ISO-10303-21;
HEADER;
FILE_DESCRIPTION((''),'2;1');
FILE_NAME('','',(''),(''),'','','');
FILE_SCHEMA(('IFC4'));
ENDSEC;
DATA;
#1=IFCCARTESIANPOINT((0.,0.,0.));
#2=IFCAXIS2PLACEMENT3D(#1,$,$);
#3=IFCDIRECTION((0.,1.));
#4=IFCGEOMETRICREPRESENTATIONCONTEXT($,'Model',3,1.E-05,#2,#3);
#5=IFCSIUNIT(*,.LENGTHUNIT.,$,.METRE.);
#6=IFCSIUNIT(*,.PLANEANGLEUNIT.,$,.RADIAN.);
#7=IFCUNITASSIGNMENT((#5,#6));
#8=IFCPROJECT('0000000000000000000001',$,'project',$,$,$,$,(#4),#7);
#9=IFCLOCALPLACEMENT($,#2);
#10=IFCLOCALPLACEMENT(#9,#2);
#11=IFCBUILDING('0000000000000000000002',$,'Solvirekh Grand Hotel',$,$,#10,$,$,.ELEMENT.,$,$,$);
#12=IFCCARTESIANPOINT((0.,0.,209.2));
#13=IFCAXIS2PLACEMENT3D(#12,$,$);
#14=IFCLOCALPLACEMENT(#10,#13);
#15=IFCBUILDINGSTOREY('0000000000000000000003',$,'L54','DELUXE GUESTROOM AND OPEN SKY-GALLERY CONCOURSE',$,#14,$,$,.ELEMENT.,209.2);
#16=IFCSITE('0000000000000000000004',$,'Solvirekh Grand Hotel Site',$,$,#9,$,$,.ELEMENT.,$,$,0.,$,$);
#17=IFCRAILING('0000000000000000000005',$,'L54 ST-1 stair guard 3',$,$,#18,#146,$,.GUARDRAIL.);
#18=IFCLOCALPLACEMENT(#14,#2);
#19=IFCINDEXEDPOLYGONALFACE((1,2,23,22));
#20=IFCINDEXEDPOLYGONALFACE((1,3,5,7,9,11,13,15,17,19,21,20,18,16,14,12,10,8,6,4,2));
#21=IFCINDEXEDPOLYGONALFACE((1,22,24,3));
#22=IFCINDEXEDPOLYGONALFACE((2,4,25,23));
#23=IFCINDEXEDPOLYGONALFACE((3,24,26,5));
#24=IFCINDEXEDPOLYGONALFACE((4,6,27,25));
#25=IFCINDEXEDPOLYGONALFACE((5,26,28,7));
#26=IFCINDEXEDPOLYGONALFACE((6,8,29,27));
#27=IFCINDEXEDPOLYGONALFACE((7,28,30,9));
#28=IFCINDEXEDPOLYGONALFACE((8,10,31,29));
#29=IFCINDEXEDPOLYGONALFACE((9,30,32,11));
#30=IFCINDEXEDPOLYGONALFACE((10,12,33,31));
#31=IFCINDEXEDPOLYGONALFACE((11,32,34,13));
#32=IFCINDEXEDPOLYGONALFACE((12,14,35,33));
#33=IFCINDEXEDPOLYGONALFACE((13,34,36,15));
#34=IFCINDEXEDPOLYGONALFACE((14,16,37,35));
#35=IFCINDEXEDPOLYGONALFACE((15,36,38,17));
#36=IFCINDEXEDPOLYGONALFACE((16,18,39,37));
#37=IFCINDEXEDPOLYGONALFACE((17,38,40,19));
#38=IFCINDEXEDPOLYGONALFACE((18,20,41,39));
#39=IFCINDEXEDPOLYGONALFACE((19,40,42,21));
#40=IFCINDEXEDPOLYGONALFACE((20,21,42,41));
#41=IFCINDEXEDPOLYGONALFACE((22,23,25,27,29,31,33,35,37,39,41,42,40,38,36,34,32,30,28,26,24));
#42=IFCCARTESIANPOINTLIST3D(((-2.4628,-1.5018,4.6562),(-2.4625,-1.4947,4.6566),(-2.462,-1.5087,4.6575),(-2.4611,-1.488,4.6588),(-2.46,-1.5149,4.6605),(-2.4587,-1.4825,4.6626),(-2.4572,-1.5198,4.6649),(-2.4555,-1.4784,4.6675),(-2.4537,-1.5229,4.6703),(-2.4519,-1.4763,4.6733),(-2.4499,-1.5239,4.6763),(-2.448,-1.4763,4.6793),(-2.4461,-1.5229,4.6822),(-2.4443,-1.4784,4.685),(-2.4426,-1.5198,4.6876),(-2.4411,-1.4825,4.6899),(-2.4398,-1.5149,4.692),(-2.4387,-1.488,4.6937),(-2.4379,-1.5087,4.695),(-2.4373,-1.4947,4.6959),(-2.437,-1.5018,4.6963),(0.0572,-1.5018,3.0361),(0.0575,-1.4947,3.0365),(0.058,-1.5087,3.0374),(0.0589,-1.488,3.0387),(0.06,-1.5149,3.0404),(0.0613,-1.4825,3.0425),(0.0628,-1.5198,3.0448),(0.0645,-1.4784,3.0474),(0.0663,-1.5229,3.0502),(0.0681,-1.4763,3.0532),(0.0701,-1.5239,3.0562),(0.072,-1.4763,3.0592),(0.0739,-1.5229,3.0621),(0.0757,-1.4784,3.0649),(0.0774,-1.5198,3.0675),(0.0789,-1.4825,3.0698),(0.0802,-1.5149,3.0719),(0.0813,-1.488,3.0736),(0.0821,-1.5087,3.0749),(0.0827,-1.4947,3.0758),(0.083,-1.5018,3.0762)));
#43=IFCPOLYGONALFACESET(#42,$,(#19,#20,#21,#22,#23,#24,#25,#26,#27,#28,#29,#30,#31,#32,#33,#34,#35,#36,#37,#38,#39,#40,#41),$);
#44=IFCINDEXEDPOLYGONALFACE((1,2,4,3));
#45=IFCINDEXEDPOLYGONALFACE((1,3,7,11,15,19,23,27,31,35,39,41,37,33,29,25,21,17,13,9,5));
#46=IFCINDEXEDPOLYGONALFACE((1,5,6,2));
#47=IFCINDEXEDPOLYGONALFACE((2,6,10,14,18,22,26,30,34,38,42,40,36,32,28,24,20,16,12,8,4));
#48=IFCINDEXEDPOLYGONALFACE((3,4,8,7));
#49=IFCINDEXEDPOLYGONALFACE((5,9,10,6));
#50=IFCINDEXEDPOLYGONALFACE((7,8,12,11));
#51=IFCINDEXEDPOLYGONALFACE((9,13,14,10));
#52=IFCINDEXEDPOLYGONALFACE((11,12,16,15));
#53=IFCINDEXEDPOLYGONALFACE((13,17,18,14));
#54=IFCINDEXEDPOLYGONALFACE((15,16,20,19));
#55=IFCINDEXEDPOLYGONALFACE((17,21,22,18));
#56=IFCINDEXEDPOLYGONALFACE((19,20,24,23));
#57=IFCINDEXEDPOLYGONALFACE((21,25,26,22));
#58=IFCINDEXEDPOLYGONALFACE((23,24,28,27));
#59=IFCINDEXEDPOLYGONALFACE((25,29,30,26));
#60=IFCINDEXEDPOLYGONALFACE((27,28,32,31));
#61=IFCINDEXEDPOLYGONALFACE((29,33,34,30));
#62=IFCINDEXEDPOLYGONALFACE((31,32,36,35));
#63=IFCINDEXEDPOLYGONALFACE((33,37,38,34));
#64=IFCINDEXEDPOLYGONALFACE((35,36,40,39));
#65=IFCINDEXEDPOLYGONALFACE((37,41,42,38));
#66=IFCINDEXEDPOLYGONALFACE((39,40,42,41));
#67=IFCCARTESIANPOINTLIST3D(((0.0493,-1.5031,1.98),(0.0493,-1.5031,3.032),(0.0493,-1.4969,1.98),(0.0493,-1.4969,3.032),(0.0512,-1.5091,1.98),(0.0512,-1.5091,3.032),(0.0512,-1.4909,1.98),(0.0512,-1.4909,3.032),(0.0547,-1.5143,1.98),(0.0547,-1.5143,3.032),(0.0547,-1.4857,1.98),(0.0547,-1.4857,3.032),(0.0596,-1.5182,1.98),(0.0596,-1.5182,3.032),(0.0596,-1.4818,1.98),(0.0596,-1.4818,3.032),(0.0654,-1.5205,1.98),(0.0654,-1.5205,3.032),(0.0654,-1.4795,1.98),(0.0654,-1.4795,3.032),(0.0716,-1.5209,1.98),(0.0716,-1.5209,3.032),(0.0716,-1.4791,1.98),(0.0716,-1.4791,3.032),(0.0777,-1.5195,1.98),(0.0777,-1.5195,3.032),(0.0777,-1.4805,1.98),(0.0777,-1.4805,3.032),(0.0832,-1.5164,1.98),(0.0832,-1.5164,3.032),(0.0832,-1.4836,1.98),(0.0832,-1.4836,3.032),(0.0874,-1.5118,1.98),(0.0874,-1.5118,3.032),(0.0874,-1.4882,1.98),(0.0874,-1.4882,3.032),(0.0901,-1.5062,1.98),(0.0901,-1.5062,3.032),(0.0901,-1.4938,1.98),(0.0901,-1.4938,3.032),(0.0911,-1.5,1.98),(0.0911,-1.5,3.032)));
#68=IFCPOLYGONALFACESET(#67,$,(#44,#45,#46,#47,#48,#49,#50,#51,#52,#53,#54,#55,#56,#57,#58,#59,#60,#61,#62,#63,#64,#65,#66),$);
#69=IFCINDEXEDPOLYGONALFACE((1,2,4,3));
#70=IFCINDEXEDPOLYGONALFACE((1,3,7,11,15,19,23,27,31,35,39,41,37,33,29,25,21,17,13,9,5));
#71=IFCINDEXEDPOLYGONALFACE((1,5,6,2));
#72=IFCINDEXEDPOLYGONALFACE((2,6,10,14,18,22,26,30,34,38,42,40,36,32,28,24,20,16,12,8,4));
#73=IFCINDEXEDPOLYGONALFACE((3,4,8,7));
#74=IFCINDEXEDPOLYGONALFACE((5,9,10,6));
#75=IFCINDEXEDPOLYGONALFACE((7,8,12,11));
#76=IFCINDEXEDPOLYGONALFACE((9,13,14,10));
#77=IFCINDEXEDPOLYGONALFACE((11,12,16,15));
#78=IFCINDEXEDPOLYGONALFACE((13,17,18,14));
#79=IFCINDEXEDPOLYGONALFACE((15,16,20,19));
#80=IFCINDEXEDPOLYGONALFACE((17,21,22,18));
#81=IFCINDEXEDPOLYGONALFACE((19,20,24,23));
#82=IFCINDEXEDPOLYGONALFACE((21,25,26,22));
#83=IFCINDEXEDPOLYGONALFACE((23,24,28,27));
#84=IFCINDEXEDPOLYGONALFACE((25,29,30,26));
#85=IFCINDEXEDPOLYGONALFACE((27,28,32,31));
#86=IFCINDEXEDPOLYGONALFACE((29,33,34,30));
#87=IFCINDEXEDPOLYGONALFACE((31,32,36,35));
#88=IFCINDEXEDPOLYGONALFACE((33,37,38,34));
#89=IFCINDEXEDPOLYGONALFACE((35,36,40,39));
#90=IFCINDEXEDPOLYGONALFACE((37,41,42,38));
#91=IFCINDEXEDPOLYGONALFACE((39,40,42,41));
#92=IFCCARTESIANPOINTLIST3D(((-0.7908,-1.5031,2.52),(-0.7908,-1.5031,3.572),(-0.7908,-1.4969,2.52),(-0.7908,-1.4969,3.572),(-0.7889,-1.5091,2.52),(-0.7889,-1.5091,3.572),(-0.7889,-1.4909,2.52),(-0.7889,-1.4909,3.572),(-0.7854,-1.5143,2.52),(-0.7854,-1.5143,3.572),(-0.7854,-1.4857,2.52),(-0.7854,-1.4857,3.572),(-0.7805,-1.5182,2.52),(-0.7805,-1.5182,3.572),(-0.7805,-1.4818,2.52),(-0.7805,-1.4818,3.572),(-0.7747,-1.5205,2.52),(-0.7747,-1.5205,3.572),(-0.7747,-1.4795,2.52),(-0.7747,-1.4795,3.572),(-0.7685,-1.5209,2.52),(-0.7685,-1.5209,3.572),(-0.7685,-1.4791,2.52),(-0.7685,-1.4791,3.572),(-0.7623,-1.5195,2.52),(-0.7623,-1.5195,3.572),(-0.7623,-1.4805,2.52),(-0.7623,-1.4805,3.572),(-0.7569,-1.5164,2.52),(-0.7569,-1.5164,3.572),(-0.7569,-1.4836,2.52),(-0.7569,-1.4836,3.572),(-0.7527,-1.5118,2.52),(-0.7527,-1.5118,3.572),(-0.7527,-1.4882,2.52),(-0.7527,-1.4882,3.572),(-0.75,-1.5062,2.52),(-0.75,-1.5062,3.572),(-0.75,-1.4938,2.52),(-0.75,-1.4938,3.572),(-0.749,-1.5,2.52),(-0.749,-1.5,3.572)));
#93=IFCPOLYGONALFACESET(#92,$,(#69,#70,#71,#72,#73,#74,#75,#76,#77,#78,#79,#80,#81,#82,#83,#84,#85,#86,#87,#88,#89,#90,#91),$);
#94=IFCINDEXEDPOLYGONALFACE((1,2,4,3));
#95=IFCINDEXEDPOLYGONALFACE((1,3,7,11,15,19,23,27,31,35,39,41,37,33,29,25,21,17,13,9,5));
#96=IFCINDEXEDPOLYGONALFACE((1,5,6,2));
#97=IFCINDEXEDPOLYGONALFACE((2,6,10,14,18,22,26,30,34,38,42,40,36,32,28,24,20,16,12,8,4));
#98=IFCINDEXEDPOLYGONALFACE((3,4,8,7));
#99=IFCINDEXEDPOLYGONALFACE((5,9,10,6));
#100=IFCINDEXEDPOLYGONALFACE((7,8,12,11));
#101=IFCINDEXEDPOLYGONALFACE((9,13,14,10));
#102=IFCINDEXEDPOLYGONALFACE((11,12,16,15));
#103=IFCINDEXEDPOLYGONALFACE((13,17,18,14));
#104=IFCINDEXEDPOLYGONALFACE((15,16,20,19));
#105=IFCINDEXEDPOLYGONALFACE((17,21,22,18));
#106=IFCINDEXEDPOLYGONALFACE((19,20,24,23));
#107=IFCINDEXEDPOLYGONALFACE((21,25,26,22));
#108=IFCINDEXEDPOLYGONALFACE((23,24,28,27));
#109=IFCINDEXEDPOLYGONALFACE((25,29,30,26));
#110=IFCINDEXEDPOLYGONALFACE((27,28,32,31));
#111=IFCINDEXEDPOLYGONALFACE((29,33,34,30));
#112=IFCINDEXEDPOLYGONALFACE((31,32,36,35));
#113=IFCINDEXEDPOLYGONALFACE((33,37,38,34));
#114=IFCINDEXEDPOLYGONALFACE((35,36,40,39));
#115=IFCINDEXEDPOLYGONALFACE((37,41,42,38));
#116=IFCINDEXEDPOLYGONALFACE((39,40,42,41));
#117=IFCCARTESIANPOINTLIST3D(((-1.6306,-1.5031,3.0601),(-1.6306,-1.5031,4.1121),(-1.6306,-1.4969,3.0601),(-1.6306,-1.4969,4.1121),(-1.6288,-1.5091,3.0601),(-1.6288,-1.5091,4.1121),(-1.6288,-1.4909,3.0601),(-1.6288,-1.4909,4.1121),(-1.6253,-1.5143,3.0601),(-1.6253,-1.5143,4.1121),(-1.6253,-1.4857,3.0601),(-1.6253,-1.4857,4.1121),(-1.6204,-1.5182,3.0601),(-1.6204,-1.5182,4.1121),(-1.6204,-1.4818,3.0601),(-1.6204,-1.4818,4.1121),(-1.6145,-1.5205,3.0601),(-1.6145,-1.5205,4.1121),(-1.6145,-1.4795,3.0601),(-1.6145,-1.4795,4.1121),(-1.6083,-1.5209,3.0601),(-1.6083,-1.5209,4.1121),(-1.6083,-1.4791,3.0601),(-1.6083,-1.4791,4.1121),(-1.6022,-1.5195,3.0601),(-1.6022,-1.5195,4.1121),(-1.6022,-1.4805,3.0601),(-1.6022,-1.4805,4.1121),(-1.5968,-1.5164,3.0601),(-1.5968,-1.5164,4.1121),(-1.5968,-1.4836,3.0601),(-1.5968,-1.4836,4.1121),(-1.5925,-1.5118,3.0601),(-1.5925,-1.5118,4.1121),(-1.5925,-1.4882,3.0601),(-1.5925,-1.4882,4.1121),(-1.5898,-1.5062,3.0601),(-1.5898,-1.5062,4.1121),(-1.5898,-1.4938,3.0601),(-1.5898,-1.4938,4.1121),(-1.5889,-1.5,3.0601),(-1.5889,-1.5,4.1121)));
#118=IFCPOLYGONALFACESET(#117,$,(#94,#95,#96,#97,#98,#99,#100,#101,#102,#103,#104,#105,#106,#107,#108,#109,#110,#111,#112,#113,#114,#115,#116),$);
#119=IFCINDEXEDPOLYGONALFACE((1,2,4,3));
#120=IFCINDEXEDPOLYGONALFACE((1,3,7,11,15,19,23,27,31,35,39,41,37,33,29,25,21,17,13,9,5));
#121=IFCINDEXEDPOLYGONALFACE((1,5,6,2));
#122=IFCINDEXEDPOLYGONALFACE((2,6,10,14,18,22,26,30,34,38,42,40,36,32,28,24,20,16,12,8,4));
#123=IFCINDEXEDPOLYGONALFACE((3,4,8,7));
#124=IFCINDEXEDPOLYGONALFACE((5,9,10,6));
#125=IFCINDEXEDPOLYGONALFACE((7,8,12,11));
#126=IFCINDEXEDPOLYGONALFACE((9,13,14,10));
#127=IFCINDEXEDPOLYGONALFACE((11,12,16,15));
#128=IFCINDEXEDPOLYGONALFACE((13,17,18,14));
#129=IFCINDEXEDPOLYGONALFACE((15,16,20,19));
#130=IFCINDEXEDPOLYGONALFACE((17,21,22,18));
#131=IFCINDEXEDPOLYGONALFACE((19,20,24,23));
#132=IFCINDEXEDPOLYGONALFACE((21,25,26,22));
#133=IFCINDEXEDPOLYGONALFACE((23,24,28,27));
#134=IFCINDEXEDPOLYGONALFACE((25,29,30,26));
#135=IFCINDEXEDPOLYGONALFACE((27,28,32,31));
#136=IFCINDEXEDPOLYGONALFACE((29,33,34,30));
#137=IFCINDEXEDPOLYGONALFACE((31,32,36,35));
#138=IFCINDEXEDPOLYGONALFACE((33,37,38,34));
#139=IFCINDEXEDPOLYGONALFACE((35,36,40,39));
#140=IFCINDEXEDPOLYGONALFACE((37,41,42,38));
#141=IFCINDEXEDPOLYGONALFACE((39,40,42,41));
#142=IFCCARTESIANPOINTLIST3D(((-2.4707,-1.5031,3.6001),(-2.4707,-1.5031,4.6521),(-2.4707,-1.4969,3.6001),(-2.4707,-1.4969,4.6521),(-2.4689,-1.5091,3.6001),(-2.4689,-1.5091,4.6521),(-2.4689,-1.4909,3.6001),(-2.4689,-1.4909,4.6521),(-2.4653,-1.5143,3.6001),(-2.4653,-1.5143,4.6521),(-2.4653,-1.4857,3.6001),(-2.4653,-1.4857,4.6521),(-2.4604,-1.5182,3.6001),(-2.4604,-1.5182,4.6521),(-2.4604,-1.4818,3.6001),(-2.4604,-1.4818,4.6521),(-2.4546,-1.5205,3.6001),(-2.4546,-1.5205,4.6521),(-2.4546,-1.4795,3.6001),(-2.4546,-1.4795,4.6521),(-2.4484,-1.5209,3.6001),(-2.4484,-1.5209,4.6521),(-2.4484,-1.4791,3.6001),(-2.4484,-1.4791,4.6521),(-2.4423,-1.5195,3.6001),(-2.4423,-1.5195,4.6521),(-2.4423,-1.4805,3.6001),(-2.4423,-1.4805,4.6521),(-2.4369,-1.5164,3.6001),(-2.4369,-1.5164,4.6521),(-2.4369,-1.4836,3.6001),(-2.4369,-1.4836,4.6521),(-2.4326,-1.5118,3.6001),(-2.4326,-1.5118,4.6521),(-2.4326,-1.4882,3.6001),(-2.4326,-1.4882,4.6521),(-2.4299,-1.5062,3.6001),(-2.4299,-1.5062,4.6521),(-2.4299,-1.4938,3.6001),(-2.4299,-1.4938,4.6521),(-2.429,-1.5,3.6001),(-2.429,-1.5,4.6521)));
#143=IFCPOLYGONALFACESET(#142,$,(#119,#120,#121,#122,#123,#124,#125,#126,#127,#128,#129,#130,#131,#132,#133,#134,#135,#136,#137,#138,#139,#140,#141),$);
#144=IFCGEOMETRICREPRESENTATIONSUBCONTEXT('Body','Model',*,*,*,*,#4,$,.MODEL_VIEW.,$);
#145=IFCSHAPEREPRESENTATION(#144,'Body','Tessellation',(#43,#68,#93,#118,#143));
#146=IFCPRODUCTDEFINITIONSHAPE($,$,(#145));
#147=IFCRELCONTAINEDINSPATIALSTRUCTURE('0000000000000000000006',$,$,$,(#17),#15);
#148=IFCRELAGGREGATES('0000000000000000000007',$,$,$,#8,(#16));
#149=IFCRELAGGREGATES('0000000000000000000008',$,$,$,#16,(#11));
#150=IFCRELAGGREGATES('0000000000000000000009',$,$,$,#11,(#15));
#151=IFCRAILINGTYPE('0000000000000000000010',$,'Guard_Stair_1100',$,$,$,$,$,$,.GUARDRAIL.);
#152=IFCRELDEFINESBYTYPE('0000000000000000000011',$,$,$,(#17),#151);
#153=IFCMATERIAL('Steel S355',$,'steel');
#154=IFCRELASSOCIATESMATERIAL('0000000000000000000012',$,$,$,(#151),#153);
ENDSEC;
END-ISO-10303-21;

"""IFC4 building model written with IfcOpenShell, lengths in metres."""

from ifc_helpers import new_model, si_unit, direction, frame, origin, origin_2d, place, context, subcontext, project, spatial, circle, extrude, material, type_object, element, save


model = new_model("IFC4")

# Units and contexts
model_context = context("Model", 3, precision=1e-05, world=origin(), true_north=direction((0.0, 1.0)))
body_context = subcontext(model_context, "Body", "Model", "MODEL_VIEW")
ifc_project = project(units=[si_unit("LENGTHUNIT", "METRE"), si_unit("PLANEANGLEUNIT", "RADIAN")], contexts=[model_context])

# Site, building, storey
site_placement = place(None, origin())
site = spatial("IfcSite", under=ifc_project, at=site_placement, Name="Solvirekh Grand Hotel Site", CompositionType="ELEMENT", RefElevation=0.0)
building_placement = place(site_placement, origin())
building = spatial("IfcBuilding", under=site, at=building_placement, Name="Solvirekh Grand Hotel", CompositionType="ELEMENT")
storey_placement = place(building_placement, frame((0.0, 0.0, 209.2)))
storey = spatial("IfcBuildingStorey", under=building, at=storey_placement, Name="L54", Description="DELUXE GUESTROOM AND OPEN SKY-GALLERY CONCOURSE", CompositionType="ELEMENT", Elevation=209.2)

# Railing
ifc_material_1 = material(Name="Steel S355", Category="steel")
railing_type_1 = type_object("IfcRailingType", Name="Guard_Stair_1100", PredefinedType="GUARDRAIL", material=ifc_material_1)
railing_1_placement = place(storey_placement, frame((0.0701, -1.5, 1.98)))
element("IfcRailing", 1, at=railing_1_placement, inside=storey, type_object=railing_type_1, Name="L54 ST-1 stair guard 3", PredefinedType="GUARDRAIL", context=body_context, shape_type="SweptSolid", body=[
    extrude(circle(Radius=0.0239, at=origin_2d()), frame((0.0, 0.0, 1.0762), z_axis=(-0.841163, 0.0, 0.540782), x_axis=(0.0, -1.0, 0.0)), (0.0, 0.0, 1.0), 2.9958),
    extrude(circle(Radius=0.021, at=origin_2d()), origin(), (0.0, 0.0, 1.0), 1.052),
    extrude(circle(Radius=0.021, at=origin_2d()), frame((-0.8401, 0.0, 0.54)), (0.0, 0.0, 1.0), 1.052),
    extrude(circle(Radius=0.021, at=origin_2d()), frame((-1.6799, 0.0, 1.0801)), (0.0, 0.0, 1.0), 1.052),
    extrude(circle(Radius=0.021, at=origin_2d()), frame((-2.52, 0.0, 1.6201)), (0.0, 0.0, 1.0), 1.052),
])

save(model, "model.ifc")
